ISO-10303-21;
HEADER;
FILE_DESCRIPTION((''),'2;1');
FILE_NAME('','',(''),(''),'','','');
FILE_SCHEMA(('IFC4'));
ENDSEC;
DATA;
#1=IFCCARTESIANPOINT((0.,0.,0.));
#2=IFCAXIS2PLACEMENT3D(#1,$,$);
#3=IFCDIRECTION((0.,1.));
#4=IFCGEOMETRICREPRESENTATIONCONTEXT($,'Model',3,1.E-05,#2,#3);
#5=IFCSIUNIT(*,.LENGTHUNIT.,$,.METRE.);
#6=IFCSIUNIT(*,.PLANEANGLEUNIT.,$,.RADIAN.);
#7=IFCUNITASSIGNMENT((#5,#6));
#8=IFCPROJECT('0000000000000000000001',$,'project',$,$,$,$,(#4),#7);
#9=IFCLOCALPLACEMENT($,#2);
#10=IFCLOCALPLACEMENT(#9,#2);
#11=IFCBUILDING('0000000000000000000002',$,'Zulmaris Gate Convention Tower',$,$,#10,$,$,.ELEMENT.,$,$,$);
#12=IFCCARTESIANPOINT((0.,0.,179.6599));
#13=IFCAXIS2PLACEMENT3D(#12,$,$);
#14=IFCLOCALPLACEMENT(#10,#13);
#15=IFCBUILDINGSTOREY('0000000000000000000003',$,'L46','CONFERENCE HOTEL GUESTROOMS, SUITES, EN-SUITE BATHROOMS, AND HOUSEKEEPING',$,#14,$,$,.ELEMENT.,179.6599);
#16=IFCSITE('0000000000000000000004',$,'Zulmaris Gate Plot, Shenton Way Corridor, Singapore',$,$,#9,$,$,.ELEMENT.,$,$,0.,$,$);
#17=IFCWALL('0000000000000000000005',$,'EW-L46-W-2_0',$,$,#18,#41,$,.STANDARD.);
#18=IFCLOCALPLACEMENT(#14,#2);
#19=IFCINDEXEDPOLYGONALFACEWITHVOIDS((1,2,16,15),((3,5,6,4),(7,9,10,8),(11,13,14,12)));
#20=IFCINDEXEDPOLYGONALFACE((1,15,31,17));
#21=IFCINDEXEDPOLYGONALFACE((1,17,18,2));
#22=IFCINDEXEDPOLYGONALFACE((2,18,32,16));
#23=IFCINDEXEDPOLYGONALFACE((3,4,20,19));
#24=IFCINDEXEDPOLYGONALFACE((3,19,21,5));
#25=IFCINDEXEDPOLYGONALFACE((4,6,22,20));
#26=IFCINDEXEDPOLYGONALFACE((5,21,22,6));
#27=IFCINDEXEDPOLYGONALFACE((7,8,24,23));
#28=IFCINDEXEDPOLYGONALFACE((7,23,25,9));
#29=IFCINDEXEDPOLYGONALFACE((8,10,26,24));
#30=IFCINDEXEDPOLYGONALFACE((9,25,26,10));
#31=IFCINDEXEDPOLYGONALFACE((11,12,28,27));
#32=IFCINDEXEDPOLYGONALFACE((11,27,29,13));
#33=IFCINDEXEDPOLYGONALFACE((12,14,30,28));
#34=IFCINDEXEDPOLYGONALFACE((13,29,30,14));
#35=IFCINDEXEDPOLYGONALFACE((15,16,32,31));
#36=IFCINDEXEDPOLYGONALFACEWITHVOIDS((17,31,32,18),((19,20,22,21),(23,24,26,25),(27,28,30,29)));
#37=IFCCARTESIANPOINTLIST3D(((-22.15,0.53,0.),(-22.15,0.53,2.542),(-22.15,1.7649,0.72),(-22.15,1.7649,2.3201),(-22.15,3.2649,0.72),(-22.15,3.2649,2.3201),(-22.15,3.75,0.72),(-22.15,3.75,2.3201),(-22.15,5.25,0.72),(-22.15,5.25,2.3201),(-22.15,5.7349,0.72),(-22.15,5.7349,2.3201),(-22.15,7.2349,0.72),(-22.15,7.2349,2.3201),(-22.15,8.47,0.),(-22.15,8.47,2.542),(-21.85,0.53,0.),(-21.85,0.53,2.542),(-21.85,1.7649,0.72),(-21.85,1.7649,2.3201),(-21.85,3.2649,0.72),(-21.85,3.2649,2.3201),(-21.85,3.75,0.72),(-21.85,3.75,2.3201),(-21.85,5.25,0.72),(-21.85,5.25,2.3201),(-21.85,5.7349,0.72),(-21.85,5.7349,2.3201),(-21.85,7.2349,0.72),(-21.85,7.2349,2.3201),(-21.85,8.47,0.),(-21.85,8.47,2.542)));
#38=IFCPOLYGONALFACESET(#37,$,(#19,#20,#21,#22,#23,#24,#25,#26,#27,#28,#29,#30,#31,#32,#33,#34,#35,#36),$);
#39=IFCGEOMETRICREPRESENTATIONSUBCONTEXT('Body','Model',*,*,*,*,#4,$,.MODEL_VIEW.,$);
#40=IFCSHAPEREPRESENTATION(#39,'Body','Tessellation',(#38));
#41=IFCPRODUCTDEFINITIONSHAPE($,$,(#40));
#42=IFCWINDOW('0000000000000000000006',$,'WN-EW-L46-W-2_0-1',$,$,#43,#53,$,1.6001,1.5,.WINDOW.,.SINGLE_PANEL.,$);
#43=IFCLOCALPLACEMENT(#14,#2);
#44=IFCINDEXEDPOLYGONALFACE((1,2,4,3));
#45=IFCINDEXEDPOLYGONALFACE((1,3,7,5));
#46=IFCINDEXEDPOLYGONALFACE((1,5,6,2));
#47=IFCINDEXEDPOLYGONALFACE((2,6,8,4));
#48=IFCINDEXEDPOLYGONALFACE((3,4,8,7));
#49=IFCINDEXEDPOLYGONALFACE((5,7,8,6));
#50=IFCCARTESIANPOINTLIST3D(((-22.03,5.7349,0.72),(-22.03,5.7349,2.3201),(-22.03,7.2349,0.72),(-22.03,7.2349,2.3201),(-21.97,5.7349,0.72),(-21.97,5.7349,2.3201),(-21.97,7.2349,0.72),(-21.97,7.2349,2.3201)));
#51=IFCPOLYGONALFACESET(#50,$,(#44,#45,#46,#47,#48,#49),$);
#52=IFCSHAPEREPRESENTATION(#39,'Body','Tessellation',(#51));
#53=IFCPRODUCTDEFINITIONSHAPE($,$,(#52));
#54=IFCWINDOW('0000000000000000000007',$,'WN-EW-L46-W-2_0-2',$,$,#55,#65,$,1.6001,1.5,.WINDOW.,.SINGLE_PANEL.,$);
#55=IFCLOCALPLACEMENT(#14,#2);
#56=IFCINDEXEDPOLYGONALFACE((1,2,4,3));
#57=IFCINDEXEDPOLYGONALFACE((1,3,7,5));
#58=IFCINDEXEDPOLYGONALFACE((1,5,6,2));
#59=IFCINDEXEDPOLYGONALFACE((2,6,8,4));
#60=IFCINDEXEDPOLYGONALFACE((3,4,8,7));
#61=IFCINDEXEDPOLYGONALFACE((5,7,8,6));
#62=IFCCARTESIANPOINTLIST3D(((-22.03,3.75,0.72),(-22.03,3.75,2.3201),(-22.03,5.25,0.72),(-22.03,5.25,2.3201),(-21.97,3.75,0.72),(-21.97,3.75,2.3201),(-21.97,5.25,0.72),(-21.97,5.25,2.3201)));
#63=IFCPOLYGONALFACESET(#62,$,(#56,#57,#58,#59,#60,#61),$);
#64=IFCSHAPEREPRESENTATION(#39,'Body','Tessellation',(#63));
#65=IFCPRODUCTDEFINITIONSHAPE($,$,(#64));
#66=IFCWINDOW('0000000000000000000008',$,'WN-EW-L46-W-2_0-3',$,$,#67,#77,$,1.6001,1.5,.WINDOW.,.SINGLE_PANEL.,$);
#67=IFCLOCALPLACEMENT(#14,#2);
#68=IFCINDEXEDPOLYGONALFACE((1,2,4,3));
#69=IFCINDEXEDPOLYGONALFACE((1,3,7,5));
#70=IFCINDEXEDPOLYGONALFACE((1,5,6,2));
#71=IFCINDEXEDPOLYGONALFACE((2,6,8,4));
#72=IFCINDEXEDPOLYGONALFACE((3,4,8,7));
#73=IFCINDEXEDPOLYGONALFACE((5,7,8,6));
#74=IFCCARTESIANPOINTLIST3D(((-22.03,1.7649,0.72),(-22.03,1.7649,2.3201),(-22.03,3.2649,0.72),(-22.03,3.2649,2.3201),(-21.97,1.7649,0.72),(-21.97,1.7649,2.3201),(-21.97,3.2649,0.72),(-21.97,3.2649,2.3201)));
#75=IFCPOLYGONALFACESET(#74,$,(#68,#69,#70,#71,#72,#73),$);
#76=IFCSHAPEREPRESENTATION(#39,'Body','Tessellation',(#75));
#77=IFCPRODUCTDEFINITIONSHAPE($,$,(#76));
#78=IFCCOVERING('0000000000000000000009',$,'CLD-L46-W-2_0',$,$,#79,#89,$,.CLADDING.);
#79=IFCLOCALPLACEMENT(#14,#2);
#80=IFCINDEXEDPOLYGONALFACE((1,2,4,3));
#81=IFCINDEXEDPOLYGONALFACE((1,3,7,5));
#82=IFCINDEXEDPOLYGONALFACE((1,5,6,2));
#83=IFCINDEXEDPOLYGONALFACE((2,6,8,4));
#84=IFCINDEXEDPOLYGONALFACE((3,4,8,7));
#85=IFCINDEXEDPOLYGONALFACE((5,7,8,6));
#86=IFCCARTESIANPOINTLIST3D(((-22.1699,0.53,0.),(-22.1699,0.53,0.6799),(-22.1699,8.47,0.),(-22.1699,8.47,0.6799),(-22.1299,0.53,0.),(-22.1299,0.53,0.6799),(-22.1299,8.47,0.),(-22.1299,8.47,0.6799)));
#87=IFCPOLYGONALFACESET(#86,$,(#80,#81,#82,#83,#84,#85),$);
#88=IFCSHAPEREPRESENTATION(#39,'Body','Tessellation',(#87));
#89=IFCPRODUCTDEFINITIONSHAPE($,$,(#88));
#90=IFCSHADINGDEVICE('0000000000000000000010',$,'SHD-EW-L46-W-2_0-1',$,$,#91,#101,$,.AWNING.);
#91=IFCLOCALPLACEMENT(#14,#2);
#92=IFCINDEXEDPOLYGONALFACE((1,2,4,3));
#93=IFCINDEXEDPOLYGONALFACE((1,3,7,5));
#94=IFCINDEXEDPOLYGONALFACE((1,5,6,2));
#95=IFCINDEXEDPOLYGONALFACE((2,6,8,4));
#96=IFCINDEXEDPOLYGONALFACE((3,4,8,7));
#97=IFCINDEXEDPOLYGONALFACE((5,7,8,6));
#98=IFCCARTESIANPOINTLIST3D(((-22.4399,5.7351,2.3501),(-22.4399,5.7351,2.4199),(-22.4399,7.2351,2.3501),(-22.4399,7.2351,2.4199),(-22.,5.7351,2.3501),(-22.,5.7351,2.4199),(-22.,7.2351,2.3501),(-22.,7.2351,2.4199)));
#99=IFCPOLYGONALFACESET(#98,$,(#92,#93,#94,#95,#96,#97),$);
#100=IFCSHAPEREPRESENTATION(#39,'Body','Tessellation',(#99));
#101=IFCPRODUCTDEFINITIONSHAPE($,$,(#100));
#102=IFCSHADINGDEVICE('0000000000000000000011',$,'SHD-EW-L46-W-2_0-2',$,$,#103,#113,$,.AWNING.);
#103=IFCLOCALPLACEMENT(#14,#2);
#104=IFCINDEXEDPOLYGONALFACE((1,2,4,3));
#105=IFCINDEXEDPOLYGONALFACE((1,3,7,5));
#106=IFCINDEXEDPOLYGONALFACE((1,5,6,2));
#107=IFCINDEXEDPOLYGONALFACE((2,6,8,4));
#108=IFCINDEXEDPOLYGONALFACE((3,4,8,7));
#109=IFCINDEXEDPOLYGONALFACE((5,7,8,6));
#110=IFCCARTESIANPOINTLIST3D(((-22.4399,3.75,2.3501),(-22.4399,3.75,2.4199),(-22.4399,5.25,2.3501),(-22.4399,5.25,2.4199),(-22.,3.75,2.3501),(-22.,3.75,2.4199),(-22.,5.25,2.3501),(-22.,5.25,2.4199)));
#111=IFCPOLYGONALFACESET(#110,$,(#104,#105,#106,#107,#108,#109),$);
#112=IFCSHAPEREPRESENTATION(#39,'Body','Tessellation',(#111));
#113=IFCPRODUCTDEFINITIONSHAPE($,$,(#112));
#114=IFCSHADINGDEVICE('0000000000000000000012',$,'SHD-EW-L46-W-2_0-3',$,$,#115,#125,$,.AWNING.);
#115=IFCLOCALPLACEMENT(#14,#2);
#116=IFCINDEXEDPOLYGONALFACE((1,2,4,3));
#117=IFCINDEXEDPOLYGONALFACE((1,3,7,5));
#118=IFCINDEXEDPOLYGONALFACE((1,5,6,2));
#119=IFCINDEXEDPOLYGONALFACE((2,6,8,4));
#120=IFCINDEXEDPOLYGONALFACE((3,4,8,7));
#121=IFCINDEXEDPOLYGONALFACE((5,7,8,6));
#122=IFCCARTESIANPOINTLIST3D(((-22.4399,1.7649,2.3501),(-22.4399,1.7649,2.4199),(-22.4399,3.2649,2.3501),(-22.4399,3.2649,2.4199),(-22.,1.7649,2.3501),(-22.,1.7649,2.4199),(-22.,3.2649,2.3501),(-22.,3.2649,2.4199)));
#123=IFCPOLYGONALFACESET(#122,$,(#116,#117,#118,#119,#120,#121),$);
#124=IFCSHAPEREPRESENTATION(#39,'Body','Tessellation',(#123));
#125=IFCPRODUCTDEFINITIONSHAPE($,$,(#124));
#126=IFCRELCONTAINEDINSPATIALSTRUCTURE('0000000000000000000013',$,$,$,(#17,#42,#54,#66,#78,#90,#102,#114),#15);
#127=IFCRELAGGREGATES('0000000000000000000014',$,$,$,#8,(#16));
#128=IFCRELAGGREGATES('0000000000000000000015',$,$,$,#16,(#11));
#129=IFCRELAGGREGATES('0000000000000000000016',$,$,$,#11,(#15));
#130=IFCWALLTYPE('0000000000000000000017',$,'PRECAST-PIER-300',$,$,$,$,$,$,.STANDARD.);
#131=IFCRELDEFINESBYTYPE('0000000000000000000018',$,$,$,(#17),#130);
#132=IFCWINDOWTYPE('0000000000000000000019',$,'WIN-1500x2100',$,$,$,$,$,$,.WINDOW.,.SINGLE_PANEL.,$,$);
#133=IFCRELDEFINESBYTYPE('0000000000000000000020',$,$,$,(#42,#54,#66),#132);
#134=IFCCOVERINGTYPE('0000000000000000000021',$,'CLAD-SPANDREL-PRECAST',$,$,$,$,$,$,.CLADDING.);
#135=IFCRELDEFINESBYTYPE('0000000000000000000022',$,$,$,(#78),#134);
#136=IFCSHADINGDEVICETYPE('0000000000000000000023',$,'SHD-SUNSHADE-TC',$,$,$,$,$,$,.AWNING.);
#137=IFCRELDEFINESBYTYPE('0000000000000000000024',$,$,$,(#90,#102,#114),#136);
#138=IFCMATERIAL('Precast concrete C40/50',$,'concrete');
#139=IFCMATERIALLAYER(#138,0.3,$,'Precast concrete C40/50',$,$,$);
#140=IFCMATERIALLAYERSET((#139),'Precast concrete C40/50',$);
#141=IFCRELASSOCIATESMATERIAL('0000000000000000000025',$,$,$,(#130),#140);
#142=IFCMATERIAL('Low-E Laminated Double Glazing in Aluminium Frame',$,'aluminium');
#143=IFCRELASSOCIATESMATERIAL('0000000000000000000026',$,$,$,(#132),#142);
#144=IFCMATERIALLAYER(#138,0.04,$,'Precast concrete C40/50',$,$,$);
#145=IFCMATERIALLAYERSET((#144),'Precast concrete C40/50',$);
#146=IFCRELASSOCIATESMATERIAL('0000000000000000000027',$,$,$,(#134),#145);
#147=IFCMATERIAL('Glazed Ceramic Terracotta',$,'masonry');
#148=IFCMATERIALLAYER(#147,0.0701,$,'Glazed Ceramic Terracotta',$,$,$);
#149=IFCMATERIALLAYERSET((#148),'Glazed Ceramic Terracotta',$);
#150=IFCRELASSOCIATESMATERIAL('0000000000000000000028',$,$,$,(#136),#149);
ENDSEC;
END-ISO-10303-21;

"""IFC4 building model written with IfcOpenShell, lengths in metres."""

from ifc_helpers import new_model, si_unit, direction, frame, frame_2d, origin, place, context, subcontext, project, spatial, rectangle, extrude, material, layer, layer_set, type_object, element, fill, save


model = new_model("IFC4")

# Units and contexts
model_context = context("Model", 3, precision=1e-05, world=origin(), true_north=direction((0.0, 1.0)))
body_context = subcontext(model_context, "Body", "Model", "MODEL_VIEW")
ifc_project = project(units=[si_unit("LENGTHUNIT", "METRE"), si_unit("PLANEANGLEUNIT", "RADIAN")], contexts=[model_context])

# Site, building, storey
site_placement = place(None, origin())
site = spatial("IfcSite", under=ifc_project, at=site_placement, Name="Zulmaris Gate Plot, Shenton Way Corridor, Singapore", CompositionType="ELEMENT", RefElevation=0.0)
building_placement = place(site_placement, origin())
building = spatial("IfcBuilding", under=site, at=building_placement, Name="Zulmaris Gate Convention Tower", CompositionType="ELEMENT")
storey_placement = place(building_placement, frame((0.0, 0.0, 179.6599)))
storey = spatial("IfcBuildingStorey", under=building, at=storey_placement, Name="L46", Description="CONFERENCE HOTEL GUESTROOMS, SUITES, EN-SUITE BATHROOMS, AND HOUSEKEEPING", CompositionType="ELEMENT", Elevation=179.6599)

# Wall, openings, windows
ifc_material_1 = material(Name="Precast concrete C40/50", Category="concrete")
ifc_layer_1 = layer(ifc_material_1, 0.3, Name="Precast concrete C40/50")
ifc_layer_set_1 = layer_set([ifc_layer_1], Name="Precast concrete C40/50")
wall_type_1 = type_object("IfcWallType", Name="PRECAST-PIER-300", PredefinedType="STANDARD", material=ifc_layer_set_1)
wall_1_placement = place(storey_placement, frame((-22.0, 8.47, 0.0), z_axis=(0.0, 0.0, 1.0), x_axis=(0.0, -1.0, 0.0)))
wall_1 = element("IfcWall", 1, at=wall_1_placement, inside=storey, type_object=wall_type_1, Name="EW-L46-W-2_0", PredefinedType="STANDARD", context=body_context, shape_type="SweptSolid", body=[
    extrude(rectangle(XDim=7.9399, YDim=0.3, at=frame_2d((3.97, 0.0))), origin(), (0.0, 0.0, 1.0), 2.542),
])
opening_1_placement = place(wall_1_placement, frame((1.2351, 0.0, 0.72)))
opening_1 = element("IfcOpeningElement", 2, at=opening_1_placement, cuts=wall_1, PredefinedType="OPENING", context=body_context, shape_type="SweptSolid", body=[
    extrude(rectangle(XDim=1.5, YDim=1.6001, at=frame_2d((0.75, 0.8))), frame((0.0, 0.1602, 0.0), z_axis=(0.0, -1.0, 0.0), x_axis=(1.0, 0.0, 0.0)), (0.0, 0.0, 1.0), 0.3201),
])
opening_2_placement = place(wall_1_placement, frame((3.22, 0.0, 0.72)))
opening_2 = element("IfcOpeningElement", 3, at=opening_2_placement, cuts=wall_1, PredefinedType="OPENING", context=body_context, shape_type="SweptSolid", body=[
    extrude(rectangle(XDim=1.5, YDim=1.6001, at=frame_2d((0.75, 0.8))), frame((0.0, 0.1602, 0.0), z_axis=(0.0, -1.0, 0.0), x_axis=(1.0, 0.0, 0.0)), (0.0, 0.0, 1.0), 0.3201),
])
opening_3_placement = place(wall_1_placement, frame((5.2051, 0.0, 0.72)))
opening_3 = element("IfcOpeningElement", 4, at=opening_3_placement, cuts=wall_1, PredefinedType="OPENING", context=body_context, shape_type="SweptSolid", body=[
    extrude(rectangle(XDim=1.5, YDim=1.6001, at=frame_2d((0.75, 0.8))), frame((0.0, 0.1602, 0.0), z_axis=(0.0, -1.0, 0.0), x_axis=(1.0, 0.0, 0.0)), (0.0, 0.0, 1.0), 0.3201),
])
ifc_material_2 = material(Name="Low-E Laminated Double Glazing in Aluminium Frame", Category="aluminium")
window_type = type_object("IfcWindowType", Name="WIN-1500x2100", PartitioningType="SINGLE_PANEL", PredefinedType="WINDOW", material=ifc_material_2)
window_1_placement = place(opening_1_placement, origin())
window_1 = element("IfcWindow", 5, at=window_1_placement, inside=storey, type_object=window_type, Name="WN-EW-L46-W-2_0-1", OverallHeight=1.6001, OverallWidth=1.5, PartitioningType="SINGLE_PANEL", PredefinedType="WINDOW", context=body_context, shape_type="SweptSolid", body=[
    extrude(rectangle(XDim=1.5, YDim=1.6001, at=frame_2d((0.75, 0.8))), frame((0.0, 0.03, 0.0), z_axis=(0.0, -1.0, 0.0), x_axis=(1.0, 0.0, 0.0)), (0.0, 0.0, 1.0), 0.0601),
])
fill(opening_1, window_1)
window_2_placement = place(opening_2_placement, origin())
window_2 = element("IfcWindow", 6, at=window_2_placement, inside=storey, type_object=window_type, Name="WN-EW-L46-W-2_0-2", OverallHeight=1.6001, OverallWidth=1.5, PartitioningType="SINGLE_PANEL", PredefinedType="WINDOW", context=body_context, shape_type="SweptSolid", body=[
    extrude(rectangle(XDim=1.5, YDim=1.6001, at=frame_2d((0.75, 0.8))), frame((0.0, 0.03, 0.0), z_axis=(0.0, -1.0, 0.0), x_axis=(1.0, 0.0, 0.0)), (0.0, 0.0, 1.0), 0.0601),
])
fill(opening_2, window_2)
window_3_placement = place(opening_3_placement, origin())
window_3 = element("IfcWindow", 7, at=window_3_placement, inside=storey, type_object=window_type, Name="WN-EW-L46-W-2_0-3", OverallHeight=1.6001, OverallWidth=1.5, PartitioningType="SINGLE_PANEL", PredefinedType="WINDOW", context=body_context, shape_type="SweptSolid", body=[
    extrude(rectangle(XDim=1.5, YDim=1.6001, at=frame_2d((0.75, 0.8))), frame((0.0, 0.03, 0.0), z_axis=(0.0, -1.0, 0.0), x_axis=(1.0, 0.0, 0.0)), (0.0, 0.0, 1.0), 0.0601),
])
fill(opening_3, window_3)

# Covering
ifc_layer_2 = layer(ifc_material_1, 0.04, Name="Precast concrete C40/50")
ifc_layer_set_2 = layer_set([ifc_layer_2], Name="Precast concrete C40/50")
covering_type = type_object("IfcCoveringType", Name="CLAD-SPANDREL-PRECAST", PredefinedType="CLADDING", material=ifc_layer_set_2)
covering_placement = place(storey_placement, frame((-22.1499, 8.47, 0.0), z_axis=(0.0, 0.0, 1.0), x_axis=(0.0, -1.0, 0.0)))
element("IfcCovering", 8, at=covering_placement, inside=storey, type_object=covering_type, Name="CLD-L46-W-2_0", PredefinedType="CLADDING", context=body_context, shape_type="SweptSolid", body=[
    extrude(rectangle(XDim=7.9399, YDim=0.04, at=frame_2d((3.97, 0.0))), origin(), (0.0, 0.0, 1.0), 0.6799),
])

# Shading devices
ifc_material_3 = material(Name="Glazed Ceramic Terracotta", Category="masonry")
ifc_layer_3 = layer(ifc_material_3, 0.0701, Name="Glazed Ceramic Terracotta")
ifc_layer_set_3 = layer_set([ifc_layer_3], Name="Glazed Ceramic Terracotta")
shading_device_type = type_object("IfcShadingDeviceType", Name="SHD-SUNSHADE-TC", PredefinedType="AWNING", material=ifc_layer_set_3)
for number, where, z_axis, x_axis, name in (
    (9, (-22.22, 7.2351, 2.3501), (0.0, 0.0, 1.0), (0.0, -1.0, 0.0), "SHD-EW-L46-W-2_0-1"),
    (10, (-22.22, 5.25, 2.3501), (0.0, 0.0, 1.0), (0.0, -1.0, 0.0), "SHD-EW-L46-W-2_0-2"),
    (11, (-22.22, 3.2649, 2.3501), (0.0, 0.0, 1.0), (0.0, -1.0, 0.0), "SHD-EW-L46-W-2_0-3"),
):
    element("IfcShadingDevice", number, at=place(storey_placement, frame(where, z_axis=z_axis, x_axis=x_axis)), inside=storey, type_object=shading_device_type, Name=name, PredefinedType="AWNING", context=body_context, shape_type="SweptSolid", body=[
        extrude(rectangle(XDim=1.5, YDim=0.4399, at=frame_2d((0.75, 0.0))), origin(), (0.0, 0.0, 1.0), 0.0698),
    ])

save(model, "model.ifc")
